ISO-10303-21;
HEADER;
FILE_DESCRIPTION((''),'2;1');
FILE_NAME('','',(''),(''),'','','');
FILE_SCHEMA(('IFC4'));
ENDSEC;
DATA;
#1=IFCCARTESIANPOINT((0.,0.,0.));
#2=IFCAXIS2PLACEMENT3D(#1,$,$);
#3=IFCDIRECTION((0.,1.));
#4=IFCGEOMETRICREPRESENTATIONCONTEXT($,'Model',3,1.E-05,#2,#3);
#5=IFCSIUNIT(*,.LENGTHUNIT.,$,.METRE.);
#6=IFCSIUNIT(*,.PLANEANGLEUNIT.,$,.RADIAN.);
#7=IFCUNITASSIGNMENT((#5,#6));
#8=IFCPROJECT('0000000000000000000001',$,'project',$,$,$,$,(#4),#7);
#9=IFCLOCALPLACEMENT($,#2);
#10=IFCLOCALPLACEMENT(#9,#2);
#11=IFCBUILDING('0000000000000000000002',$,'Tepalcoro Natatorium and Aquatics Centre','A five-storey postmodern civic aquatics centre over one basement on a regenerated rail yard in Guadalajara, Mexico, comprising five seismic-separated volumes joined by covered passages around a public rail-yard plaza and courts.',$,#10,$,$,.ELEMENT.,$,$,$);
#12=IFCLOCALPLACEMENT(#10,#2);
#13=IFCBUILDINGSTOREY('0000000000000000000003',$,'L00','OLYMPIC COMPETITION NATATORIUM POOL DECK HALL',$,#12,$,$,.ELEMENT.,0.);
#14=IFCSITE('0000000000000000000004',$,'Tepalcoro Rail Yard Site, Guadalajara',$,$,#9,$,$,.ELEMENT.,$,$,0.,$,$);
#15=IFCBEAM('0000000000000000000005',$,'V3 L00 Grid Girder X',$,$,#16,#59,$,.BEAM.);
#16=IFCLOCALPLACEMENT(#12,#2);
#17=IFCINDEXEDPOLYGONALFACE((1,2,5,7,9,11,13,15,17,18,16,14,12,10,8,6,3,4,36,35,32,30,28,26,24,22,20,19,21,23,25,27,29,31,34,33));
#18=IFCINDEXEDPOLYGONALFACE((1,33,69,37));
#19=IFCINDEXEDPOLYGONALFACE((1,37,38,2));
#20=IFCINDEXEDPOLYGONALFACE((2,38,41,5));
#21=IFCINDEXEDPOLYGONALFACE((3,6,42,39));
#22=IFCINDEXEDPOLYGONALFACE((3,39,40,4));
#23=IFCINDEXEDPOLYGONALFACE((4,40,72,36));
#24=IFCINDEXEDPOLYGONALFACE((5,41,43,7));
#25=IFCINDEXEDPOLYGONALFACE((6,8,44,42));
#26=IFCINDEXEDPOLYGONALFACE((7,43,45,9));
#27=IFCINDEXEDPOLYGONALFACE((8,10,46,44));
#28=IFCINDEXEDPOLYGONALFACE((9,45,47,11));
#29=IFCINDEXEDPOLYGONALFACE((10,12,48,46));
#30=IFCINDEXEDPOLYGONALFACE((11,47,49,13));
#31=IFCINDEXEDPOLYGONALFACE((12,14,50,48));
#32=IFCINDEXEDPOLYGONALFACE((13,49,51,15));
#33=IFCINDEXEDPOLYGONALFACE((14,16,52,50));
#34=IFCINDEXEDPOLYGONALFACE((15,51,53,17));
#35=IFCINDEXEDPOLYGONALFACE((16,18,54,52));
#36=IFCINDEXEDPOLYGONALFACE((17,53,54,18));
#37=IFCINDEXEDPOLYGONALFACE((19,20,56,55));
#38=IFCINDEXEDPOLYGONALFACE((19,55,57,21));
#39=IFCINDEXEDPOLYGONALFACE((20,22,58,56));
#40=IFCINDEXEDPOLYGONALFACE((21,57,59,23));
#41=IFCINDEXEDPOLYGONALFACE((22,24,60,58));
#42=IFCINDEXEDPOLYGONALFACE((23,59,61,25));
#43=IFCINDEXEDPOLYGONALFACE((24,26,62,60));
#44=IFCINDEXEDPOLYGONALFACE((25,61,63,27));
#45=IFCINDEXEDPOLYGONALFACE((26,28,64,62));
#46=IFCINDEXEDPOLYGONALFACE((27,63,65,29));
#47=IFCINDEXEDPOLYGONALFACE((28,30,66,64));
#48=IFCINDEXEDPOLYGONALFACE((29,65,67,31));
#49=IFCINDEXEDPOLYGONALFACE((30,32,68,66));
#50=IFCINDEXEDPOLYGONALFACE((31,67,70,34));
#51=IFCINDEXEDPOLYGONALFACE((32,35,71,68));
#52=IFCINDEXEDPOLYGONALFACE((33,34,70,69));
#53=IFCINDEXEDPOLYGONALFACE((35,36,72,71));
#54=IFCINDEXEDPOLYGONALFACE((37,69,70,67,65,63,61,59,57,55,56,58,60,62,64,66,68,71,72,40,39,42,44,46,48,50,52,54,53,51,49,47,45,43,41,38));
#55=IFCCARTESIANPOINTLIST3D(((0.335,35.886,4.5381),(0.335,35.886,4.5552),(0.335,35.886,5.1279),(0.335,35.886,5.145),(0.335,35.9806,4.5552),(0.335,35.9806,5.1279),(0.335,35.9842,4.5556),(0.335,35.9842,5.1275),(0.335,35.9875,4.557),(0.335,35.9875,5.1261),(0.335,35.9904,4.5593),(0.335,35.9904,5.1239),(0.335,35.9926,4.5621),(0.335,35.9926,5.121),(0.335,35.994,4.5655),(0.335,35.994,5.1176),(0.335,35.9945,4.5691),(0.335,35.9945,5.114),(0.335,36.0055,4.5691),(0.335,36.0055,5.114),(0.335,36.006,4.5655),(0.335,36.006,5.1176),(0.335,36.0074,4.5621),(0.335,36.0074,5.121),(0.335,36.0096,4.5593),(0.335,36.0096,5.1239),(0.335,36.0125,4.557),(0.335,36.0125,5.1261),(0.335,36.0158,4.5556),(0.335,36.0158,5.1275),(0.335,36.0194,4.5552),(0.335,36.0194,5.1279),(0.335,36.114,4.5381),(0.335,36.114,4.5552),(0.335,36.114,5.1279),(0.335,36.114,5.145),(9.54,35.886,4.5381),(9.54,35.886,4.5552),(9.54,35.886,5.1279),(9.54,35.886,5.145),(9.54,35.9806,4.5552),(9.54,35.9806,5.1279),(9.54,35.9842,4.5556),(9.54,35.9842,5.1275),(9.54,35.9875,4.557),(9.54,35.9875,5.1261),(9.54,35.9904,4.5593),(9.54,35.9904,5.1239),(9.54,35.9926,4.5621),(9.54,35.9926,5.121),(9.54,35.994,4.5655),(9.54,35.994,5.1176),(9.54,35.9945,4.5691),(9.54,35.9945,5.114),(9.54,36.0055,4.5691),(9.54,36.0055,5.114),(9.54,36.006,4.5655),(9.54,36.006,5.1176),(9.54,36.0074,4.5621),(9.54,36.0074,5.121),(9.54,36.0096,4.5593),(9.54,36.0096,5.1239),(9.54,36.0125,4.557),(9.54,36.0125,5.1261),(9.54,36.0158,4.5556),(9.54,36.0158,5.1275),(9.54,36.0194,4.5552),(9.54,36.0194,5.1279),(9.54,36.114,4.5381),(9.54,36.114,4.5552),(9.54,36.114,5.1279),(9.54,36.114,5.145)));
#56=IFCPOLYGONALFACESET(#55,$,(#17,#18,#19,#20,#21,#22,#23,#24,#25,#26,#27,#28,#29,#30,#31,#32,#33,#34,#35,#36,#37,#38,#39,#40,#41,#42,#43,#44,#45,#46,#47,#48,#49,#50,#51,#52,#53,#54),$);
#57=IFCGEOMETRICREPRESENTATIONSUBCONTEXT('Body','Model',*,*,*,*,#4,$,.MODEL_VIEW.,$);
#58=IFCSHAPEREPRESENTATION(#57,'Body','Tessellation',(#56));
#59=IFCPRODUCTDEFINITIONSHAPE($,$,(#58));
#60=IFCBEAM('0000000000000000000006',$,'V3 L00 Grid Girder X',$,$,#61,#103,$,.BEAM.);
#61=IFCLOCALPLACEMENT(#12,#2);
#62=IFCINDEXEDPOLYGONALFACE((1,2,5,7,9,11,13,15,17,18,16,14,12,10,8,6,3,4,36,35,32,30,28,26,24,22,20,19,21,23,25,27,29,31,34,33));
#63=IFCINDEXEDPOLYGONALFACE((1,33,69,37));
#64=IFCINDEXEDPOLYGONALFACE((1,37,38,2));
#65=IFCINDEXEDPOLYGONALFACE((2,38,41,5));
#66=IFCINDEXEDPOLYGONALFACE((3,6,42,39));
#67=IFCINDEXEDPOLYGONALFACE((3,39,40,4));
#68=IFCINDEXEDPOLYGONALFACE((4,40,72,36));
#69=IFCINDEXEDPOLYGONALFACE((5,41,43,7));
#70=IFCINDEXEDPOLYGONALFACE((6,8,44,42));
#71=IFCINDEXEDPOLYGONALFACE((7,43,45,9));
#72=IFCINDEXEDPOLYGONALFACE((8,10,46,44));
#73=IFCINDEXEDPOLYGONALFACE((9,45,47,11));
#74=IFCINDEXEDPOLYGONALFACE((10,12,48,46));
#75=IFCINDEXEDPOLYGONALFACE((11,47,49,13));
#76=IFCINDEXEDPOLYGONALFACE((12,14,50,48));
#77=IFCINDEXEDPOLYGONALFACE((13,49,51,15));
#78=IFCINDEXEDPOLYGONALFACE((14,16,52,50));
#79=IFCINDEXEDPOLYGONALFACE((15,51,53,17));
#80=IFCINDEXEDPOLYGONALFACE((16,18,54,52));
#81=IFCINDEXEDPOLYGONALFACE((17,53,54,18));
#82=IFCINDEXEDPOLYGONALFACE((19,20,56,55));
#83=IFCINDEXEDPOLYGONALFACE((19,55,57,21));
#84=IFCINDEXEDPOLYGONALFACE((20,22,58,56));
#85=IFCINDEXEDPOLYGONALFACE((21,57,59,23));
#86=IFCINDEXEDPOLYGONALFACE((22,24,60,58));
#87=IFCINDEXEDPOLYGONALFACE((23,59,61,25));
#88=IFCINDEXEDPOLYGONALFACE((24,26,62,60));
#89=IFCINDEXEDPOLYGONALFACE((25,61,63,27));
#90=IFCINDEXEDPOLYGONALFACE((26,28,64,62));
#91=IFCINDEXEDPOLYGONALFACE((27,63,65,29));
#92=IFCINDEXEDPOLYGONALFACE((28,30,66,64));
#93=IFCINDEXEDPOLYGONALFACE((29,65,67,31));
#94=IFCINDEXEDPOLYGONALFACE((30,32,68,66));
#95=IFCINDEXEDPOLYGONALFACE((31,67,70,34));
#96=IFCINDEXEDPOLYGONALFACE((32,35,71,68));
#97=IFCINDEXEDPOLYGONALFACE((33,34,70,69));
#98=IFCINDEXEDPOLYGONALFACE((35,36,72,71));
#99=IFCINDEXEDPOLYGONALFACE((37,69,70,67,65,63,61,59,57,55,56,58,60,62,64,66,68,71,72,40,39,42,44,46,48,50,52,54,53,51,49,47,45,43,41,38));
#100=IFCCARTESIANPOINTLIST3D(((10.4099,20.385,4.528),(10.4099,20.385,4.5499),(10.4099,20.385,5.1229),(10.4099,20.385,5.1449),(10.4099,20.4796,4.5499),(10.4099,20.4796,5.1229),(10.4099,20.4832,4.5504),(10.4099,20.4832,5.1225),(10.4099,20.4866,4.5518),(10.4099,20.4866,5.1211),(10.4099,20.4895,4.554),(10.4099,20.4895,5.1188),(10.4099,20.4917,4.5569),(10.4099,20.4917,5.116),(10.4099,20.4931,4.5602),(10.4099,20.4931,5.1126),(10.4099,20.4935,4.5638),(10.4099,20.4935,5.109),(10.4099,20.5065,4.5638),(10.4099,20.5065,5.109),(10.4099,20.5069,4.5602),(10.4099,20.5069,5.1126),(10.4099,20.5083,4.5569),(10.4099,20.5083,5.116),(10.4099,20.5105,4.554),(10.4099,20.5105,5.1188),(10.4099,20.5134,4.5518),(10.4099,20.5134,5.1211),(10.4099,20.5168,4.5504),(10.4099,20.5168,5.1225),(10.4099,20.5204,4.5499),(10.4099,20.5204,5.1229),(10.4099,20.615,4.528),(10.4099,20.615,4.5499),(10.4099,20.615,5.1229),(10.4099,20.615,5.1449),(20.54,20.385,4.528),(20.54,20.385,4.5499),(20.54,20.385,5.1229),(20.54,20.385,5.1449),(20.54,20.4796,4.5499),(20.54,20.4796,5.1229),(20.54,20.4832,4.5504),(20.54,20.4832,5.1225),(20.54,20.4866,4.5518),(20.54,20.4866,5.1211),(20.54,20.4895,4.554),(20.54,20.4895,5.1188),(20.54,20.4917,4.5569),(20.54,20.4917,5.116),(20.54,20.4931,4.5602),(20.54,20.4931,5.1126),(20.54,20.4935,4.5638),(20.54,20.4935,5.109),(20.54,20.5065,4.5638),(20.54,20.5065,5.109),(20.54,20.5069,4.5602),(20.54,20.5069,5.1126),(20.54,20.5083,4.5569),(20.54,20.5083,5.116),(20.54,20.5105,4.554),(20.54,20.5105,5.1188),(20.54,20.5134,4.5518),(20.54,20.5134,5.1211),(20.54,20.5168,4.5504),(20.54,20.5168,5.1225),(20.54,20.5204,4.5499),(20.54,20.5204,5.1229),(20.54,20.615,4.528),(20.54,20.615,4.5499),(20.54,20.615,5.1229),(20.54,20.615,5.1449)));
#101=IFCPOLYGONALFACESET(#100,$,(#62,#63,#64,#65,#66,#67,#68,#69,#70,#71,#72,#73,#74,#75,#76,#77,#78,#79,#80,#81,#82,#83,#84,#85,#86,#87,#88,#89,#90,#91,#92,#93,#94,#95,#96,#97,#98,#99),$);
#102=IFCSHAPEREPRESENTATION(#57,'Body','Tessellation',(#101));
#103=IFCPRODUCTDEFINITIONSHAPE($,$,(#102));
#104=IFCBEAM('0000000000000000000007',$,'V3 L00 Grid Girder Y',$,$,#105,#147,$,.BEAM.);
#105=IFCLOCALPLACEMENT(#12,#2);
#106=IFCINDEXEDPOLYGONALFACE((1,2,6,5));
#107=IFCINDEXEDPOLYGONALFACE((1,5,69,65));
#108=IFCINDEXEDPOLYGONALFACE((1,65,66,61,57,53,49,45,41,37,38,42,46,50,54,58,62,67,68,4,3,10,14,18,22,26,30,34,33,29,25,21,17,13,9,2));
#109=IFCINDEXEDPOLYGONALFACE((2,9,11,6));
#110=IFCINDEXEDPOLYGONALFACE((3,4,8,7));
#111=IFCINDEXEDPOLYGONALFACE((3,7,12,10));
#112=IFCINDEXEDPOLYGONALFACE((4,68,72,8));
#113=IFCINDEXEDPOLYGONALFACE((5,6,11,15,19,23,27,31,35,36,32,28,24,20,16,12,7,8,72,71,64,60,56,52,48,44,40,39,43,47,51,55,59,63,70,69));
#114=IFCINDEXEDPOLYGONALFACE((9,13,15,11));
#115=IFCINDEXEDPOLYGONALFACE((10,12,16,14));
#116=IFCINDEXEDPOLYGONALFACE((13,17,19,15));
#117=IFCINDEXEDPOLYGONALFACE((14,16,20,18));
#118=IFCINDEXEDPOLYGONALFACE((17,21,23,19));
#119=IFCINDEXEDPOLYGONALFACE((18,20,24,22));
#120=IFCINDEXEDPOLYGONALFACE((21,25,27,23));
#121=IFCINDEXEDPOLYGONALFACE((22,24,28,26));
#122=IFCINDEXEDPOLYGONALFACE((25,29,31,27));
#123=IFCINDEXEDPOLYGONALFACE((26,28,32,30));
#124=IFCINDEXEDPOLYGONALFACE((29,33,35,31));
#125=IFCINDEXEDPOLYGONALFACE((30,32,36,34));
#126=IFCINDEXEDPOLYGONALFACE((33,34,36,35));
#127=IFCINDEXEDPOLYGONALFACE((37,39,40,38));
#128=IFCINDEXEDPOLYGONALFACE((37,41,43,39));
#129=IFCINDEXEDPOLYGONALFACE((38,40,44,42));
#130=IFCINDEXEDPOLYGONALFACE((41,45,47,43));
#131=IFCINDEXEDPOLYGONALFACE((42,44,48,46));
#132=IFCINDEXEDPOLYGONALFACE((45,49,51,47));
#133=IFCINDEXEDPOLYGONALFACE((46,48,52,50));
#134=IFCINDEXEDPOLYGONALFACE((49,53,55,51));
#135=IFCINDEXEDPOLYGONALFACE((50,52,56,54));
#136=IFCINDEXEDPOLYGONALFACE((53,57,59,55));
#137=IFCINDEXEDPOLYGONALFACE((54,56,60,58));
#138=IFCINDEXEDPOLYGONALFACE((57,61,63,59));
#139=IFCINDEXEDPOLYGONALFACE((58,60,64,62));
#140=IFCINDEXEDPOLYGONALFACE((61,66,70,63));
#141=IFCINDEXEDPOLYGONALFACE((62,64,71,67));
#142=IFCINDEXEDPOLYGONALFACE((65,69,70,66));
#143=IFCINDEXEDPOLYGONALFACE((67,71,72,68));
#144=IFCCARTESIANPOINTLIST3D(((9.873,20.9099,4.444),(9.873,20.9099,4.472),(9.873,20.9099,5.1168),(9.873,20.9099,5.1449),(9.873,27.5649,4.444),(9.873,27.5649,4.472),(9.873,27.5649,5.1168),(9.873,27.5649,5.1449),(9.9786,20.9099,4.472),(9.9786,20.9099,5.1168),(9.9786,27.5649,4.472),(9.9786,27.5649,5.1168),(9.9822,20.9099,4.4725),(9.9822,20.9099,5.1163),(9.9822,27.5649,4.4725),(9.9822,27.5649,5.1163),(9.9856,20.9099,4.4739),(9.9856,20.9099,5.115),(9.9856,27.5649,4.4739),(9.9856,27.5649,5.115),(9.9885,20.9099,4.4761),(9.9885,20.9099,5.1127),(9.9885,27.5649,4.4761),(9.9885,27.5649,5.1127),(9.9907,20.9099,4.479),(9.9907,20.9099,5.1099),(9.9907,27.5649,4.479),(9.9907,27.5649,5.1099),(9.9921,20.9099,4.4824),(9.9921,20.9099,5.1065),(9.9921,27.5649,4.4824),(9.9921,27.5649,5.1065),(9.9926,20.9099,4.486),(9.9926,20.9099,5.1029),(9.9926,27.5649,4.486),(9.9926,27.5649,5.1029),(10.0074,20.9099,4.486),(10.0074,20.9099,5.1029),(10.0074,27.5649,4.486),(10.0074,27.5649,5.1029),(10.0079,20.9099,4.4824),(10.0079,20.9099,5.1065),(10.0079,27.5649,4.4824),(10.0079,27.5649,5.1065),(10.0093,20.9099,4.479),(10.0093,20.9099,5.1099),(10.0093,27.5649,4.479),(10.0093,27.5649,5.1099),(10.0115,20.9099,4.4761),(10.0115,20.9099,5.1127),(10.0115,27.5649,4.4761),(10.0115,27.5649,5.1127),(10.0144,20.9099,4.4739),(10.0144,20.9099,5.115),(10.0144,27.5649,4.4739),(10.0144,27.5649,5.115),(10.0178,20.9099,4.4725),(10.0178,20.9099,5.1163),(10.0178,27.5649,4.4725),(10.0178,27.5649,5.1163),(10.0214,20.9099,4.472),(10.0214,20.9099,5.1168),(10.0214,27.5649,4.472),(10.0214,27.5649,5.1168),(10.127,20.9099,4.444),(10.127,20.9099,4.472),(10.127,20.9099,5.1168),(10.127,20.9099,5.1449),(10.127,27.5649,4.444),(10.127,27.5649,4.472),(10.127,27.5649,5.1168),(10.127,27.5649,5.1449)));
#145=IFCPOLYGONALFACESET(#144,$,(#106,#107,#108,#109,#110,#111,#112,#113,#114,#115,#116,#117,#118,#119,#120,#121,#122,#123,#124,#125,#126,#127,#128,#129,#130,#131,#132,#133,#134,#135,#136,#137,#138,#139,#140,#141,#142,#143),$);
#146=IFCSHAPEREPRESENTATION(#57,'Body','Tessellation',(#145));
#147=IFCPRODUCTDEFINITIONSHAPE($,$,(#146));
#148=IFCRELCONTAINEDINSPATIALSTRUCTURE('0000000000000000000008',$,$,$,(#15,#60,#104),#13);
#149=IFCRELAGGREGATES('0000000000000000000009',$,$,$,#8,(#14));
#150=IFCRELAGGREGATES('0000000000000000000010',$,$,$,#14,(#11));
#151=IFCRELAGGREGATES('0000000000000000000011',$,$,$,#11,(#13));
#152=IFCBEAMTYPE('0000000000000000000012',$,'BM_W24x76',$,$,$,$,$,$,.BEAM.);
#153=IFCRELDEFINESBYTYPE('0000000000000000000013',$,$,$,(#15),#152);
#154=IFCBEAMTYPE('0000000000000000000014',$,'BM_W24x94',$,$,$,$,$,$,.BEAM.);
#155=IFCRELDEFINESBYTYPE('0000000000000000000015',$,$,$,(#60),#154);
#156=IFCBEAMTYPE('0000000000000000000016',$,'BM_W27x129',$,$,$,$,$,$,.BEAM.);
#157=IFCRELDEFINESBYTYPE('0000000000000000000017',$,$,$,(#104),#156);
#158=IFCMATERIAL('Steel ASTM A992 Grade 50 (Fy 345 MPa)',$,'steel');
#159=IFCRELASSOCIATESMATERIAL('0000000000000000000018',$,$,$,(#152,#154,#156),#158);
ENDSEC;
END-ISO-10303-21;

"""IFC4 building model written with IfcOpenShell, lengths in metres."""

from ifc_helpers import new_model, si_unit, direction, frame, origin, origin_2d, place, context, subcontext, project, spatial, i_section, extrude, material, material_profile, profile_set, type_object, element, save


model = new_model("IFC4")

# Units and contexts
model_context = context("Model", 3, precision=1e-05, world=origin(), true_north=direction((0.0, 1.0)))
body_context = subcontext(model_context, "Body", "Model", "MODEL_VIEW")
ifc_project = project(units=[si_unit("LENGTHUNIT", "METRE"), si_unit("PLANEANGLEUNIT", "RADIAN")], contexts=[model_context])

# Site, building, storey
site_placement = place(None, origin())
site = spatial("IfcSite", under=ifc_project, at=site_placement, Name="Tepalcoro Rail Yard Site, Guadalajara", CompositionType="ELEMENT", RefElevation=0.0)
building_placement = place(site_placement, origin())
building = spatial("IfcBuilding", under=site, at=building_placement, Name="Tepalcoro Natatorium and Aquatics Centre", Description="A five-storey postmodern civic aquatics centre over one basement on a regenerated rail yard in Guadalajara, Mexico, comprising five seismic-separated volumes joined by covered passages around a public rail-yard plaza and courts.", CompositionType="ELEMENT")
storey_placement = place(building_placement, origin())
storey = spatial("IfcBuildingStorey", under=building, at=storey_placement, Name="L00", Description="OLYMPIC COMPETITION NATATORIUM POOL DECK HALL", CompositionType="ELEMENT", Elevation=0.0)

# Beams
ifc_material_1 = material(Name="Steel ASTM A992 Grade 50 (Fy 345 MPa)", Category="steel")
ifc_material_profile_1 = material_profile(ifc_material_1, i_section(OverallWidth=0.228, OverallDepth=0.6069, WebThickness=0.011, FlangeThickness=0.0171, FilletRadius=0.0139, at=origin_2d()), Name="W24X76")
ifc_profile_set_1 = profile_set([ifc_material_profile_1], Name="Steel ASTM A992 Grade 50 (Fy 345 MPa)")
beam_type_1 = type_object("IfcBeamType", Name="BM_W24x76", PredefinedType="BEAM", material=ifc_profile_set_1)
beam_1_placement = place(storey_placement, frame((0.335, 36.0, 4.8416), z_axis=(1.0, 0.0, 0.0), x_axis=(0.0, 1.0, 0.0)))
element("IfcBeam", 1, at=beam_1_placement, inside=storey, type_object=beam_type_1, Name="V3 L00 Grid Girder X", PredefinedType="BEAM", context=body_context, shape_type="SweptSolid", body=[
    extrude(i_section(OverallWidth=0.228, OverallDepth=0.6069, WebThickness=0.011, FlangeThickness=0.0171, FilletRadius=0.0139, at=origin_2d()), origin(), (0.0, 0.0, 1.0), 9.2051),
])
ifc_material_profile_2 = material_profile(ifc_material_1, i_section(OverallWidth=0.23, OverallDepth=0.6169, WebThickness=0.0129, FlangeThickness=0.022, FilletRadius=0.0139, at=origin_2d()), Name="W24X94")
ifc_profile_set_2 = profile_set([ifc_material_profile_2], Name="Steel ASTM A992 Grade 50 (Fy 345 MPa)")
beam_type_2 = type_object("IfcBeamType", Name="BM_W24x94", PredefinedType="BEAM", material=ifc_profile_set_2)
beam_2_placement = place(storey_placement, frame((10.4099, 20.5, 4.8364), z_axis=(1.0, 0.0, 0.0), x_axis=(0.0, 1.0, 0.0)))
element("IfcBeam", 2, at=beam_2_placement, inside=storey, type_object=beam_type_2, Name="V3 L00 Grid Girder X", PredefinedType="BEAM", context=body_context, shape_type="SweptSolid", body=[
    extrude(i_section(OverallWidth=0.23, OverallDepth=0.6169, WebThickness=0.0129, FlangeThickness=0.022, FilletRadius=0.0139, at=origin_2d()), origin(), (0.0, 0.0, 1.0), 10.1301),
])
ifc_material_profile_3 = material_profile(ifc_material_1, i_section(OverallWidth=0.2539, OverallDepth=0.7009, WebThickness=0.0149, FlangeThickness=0.0281, FilletRadius=0.0139, at=origin_2d()), Name="W27X129")
ifc_profile_set_3 = profile_set([ifc_material_profile_3], Name="Steel ASTM A992 Grade 50 (Fy 345 MPa)")
beam_type_3 = type_object("IfcBeamType", Name="BM_W27x129", PredefinedType="BEAM", material=ifc_profile_set_3)
beam_3_placement = place(storey_placement, frame((10.0, 20.9099, 4.7944), z_axis=(0.0, 1.0, 0.0), x_axis=(-1.0, 0.0, 0.0)))
element("IfcBeam", 3, at=beam_3_placement, inside=storey, type_object=beam_type_3, Name="V3 L00 Grid Girder Y", PredefinedType="BEAM", context=body_context, shape_type="SweptSolid", body=[
    extrude(i_section(OverallWidth=0.2539, OverallDepth=0.7009, WebThickness=0.0149, FlangeThickness=0.0281, FilletRadius=0.0139, at=origin_2d()), origin(), (0.0, 0.0, 1.0), 6.655),
])

save(model, "model.ifc")
